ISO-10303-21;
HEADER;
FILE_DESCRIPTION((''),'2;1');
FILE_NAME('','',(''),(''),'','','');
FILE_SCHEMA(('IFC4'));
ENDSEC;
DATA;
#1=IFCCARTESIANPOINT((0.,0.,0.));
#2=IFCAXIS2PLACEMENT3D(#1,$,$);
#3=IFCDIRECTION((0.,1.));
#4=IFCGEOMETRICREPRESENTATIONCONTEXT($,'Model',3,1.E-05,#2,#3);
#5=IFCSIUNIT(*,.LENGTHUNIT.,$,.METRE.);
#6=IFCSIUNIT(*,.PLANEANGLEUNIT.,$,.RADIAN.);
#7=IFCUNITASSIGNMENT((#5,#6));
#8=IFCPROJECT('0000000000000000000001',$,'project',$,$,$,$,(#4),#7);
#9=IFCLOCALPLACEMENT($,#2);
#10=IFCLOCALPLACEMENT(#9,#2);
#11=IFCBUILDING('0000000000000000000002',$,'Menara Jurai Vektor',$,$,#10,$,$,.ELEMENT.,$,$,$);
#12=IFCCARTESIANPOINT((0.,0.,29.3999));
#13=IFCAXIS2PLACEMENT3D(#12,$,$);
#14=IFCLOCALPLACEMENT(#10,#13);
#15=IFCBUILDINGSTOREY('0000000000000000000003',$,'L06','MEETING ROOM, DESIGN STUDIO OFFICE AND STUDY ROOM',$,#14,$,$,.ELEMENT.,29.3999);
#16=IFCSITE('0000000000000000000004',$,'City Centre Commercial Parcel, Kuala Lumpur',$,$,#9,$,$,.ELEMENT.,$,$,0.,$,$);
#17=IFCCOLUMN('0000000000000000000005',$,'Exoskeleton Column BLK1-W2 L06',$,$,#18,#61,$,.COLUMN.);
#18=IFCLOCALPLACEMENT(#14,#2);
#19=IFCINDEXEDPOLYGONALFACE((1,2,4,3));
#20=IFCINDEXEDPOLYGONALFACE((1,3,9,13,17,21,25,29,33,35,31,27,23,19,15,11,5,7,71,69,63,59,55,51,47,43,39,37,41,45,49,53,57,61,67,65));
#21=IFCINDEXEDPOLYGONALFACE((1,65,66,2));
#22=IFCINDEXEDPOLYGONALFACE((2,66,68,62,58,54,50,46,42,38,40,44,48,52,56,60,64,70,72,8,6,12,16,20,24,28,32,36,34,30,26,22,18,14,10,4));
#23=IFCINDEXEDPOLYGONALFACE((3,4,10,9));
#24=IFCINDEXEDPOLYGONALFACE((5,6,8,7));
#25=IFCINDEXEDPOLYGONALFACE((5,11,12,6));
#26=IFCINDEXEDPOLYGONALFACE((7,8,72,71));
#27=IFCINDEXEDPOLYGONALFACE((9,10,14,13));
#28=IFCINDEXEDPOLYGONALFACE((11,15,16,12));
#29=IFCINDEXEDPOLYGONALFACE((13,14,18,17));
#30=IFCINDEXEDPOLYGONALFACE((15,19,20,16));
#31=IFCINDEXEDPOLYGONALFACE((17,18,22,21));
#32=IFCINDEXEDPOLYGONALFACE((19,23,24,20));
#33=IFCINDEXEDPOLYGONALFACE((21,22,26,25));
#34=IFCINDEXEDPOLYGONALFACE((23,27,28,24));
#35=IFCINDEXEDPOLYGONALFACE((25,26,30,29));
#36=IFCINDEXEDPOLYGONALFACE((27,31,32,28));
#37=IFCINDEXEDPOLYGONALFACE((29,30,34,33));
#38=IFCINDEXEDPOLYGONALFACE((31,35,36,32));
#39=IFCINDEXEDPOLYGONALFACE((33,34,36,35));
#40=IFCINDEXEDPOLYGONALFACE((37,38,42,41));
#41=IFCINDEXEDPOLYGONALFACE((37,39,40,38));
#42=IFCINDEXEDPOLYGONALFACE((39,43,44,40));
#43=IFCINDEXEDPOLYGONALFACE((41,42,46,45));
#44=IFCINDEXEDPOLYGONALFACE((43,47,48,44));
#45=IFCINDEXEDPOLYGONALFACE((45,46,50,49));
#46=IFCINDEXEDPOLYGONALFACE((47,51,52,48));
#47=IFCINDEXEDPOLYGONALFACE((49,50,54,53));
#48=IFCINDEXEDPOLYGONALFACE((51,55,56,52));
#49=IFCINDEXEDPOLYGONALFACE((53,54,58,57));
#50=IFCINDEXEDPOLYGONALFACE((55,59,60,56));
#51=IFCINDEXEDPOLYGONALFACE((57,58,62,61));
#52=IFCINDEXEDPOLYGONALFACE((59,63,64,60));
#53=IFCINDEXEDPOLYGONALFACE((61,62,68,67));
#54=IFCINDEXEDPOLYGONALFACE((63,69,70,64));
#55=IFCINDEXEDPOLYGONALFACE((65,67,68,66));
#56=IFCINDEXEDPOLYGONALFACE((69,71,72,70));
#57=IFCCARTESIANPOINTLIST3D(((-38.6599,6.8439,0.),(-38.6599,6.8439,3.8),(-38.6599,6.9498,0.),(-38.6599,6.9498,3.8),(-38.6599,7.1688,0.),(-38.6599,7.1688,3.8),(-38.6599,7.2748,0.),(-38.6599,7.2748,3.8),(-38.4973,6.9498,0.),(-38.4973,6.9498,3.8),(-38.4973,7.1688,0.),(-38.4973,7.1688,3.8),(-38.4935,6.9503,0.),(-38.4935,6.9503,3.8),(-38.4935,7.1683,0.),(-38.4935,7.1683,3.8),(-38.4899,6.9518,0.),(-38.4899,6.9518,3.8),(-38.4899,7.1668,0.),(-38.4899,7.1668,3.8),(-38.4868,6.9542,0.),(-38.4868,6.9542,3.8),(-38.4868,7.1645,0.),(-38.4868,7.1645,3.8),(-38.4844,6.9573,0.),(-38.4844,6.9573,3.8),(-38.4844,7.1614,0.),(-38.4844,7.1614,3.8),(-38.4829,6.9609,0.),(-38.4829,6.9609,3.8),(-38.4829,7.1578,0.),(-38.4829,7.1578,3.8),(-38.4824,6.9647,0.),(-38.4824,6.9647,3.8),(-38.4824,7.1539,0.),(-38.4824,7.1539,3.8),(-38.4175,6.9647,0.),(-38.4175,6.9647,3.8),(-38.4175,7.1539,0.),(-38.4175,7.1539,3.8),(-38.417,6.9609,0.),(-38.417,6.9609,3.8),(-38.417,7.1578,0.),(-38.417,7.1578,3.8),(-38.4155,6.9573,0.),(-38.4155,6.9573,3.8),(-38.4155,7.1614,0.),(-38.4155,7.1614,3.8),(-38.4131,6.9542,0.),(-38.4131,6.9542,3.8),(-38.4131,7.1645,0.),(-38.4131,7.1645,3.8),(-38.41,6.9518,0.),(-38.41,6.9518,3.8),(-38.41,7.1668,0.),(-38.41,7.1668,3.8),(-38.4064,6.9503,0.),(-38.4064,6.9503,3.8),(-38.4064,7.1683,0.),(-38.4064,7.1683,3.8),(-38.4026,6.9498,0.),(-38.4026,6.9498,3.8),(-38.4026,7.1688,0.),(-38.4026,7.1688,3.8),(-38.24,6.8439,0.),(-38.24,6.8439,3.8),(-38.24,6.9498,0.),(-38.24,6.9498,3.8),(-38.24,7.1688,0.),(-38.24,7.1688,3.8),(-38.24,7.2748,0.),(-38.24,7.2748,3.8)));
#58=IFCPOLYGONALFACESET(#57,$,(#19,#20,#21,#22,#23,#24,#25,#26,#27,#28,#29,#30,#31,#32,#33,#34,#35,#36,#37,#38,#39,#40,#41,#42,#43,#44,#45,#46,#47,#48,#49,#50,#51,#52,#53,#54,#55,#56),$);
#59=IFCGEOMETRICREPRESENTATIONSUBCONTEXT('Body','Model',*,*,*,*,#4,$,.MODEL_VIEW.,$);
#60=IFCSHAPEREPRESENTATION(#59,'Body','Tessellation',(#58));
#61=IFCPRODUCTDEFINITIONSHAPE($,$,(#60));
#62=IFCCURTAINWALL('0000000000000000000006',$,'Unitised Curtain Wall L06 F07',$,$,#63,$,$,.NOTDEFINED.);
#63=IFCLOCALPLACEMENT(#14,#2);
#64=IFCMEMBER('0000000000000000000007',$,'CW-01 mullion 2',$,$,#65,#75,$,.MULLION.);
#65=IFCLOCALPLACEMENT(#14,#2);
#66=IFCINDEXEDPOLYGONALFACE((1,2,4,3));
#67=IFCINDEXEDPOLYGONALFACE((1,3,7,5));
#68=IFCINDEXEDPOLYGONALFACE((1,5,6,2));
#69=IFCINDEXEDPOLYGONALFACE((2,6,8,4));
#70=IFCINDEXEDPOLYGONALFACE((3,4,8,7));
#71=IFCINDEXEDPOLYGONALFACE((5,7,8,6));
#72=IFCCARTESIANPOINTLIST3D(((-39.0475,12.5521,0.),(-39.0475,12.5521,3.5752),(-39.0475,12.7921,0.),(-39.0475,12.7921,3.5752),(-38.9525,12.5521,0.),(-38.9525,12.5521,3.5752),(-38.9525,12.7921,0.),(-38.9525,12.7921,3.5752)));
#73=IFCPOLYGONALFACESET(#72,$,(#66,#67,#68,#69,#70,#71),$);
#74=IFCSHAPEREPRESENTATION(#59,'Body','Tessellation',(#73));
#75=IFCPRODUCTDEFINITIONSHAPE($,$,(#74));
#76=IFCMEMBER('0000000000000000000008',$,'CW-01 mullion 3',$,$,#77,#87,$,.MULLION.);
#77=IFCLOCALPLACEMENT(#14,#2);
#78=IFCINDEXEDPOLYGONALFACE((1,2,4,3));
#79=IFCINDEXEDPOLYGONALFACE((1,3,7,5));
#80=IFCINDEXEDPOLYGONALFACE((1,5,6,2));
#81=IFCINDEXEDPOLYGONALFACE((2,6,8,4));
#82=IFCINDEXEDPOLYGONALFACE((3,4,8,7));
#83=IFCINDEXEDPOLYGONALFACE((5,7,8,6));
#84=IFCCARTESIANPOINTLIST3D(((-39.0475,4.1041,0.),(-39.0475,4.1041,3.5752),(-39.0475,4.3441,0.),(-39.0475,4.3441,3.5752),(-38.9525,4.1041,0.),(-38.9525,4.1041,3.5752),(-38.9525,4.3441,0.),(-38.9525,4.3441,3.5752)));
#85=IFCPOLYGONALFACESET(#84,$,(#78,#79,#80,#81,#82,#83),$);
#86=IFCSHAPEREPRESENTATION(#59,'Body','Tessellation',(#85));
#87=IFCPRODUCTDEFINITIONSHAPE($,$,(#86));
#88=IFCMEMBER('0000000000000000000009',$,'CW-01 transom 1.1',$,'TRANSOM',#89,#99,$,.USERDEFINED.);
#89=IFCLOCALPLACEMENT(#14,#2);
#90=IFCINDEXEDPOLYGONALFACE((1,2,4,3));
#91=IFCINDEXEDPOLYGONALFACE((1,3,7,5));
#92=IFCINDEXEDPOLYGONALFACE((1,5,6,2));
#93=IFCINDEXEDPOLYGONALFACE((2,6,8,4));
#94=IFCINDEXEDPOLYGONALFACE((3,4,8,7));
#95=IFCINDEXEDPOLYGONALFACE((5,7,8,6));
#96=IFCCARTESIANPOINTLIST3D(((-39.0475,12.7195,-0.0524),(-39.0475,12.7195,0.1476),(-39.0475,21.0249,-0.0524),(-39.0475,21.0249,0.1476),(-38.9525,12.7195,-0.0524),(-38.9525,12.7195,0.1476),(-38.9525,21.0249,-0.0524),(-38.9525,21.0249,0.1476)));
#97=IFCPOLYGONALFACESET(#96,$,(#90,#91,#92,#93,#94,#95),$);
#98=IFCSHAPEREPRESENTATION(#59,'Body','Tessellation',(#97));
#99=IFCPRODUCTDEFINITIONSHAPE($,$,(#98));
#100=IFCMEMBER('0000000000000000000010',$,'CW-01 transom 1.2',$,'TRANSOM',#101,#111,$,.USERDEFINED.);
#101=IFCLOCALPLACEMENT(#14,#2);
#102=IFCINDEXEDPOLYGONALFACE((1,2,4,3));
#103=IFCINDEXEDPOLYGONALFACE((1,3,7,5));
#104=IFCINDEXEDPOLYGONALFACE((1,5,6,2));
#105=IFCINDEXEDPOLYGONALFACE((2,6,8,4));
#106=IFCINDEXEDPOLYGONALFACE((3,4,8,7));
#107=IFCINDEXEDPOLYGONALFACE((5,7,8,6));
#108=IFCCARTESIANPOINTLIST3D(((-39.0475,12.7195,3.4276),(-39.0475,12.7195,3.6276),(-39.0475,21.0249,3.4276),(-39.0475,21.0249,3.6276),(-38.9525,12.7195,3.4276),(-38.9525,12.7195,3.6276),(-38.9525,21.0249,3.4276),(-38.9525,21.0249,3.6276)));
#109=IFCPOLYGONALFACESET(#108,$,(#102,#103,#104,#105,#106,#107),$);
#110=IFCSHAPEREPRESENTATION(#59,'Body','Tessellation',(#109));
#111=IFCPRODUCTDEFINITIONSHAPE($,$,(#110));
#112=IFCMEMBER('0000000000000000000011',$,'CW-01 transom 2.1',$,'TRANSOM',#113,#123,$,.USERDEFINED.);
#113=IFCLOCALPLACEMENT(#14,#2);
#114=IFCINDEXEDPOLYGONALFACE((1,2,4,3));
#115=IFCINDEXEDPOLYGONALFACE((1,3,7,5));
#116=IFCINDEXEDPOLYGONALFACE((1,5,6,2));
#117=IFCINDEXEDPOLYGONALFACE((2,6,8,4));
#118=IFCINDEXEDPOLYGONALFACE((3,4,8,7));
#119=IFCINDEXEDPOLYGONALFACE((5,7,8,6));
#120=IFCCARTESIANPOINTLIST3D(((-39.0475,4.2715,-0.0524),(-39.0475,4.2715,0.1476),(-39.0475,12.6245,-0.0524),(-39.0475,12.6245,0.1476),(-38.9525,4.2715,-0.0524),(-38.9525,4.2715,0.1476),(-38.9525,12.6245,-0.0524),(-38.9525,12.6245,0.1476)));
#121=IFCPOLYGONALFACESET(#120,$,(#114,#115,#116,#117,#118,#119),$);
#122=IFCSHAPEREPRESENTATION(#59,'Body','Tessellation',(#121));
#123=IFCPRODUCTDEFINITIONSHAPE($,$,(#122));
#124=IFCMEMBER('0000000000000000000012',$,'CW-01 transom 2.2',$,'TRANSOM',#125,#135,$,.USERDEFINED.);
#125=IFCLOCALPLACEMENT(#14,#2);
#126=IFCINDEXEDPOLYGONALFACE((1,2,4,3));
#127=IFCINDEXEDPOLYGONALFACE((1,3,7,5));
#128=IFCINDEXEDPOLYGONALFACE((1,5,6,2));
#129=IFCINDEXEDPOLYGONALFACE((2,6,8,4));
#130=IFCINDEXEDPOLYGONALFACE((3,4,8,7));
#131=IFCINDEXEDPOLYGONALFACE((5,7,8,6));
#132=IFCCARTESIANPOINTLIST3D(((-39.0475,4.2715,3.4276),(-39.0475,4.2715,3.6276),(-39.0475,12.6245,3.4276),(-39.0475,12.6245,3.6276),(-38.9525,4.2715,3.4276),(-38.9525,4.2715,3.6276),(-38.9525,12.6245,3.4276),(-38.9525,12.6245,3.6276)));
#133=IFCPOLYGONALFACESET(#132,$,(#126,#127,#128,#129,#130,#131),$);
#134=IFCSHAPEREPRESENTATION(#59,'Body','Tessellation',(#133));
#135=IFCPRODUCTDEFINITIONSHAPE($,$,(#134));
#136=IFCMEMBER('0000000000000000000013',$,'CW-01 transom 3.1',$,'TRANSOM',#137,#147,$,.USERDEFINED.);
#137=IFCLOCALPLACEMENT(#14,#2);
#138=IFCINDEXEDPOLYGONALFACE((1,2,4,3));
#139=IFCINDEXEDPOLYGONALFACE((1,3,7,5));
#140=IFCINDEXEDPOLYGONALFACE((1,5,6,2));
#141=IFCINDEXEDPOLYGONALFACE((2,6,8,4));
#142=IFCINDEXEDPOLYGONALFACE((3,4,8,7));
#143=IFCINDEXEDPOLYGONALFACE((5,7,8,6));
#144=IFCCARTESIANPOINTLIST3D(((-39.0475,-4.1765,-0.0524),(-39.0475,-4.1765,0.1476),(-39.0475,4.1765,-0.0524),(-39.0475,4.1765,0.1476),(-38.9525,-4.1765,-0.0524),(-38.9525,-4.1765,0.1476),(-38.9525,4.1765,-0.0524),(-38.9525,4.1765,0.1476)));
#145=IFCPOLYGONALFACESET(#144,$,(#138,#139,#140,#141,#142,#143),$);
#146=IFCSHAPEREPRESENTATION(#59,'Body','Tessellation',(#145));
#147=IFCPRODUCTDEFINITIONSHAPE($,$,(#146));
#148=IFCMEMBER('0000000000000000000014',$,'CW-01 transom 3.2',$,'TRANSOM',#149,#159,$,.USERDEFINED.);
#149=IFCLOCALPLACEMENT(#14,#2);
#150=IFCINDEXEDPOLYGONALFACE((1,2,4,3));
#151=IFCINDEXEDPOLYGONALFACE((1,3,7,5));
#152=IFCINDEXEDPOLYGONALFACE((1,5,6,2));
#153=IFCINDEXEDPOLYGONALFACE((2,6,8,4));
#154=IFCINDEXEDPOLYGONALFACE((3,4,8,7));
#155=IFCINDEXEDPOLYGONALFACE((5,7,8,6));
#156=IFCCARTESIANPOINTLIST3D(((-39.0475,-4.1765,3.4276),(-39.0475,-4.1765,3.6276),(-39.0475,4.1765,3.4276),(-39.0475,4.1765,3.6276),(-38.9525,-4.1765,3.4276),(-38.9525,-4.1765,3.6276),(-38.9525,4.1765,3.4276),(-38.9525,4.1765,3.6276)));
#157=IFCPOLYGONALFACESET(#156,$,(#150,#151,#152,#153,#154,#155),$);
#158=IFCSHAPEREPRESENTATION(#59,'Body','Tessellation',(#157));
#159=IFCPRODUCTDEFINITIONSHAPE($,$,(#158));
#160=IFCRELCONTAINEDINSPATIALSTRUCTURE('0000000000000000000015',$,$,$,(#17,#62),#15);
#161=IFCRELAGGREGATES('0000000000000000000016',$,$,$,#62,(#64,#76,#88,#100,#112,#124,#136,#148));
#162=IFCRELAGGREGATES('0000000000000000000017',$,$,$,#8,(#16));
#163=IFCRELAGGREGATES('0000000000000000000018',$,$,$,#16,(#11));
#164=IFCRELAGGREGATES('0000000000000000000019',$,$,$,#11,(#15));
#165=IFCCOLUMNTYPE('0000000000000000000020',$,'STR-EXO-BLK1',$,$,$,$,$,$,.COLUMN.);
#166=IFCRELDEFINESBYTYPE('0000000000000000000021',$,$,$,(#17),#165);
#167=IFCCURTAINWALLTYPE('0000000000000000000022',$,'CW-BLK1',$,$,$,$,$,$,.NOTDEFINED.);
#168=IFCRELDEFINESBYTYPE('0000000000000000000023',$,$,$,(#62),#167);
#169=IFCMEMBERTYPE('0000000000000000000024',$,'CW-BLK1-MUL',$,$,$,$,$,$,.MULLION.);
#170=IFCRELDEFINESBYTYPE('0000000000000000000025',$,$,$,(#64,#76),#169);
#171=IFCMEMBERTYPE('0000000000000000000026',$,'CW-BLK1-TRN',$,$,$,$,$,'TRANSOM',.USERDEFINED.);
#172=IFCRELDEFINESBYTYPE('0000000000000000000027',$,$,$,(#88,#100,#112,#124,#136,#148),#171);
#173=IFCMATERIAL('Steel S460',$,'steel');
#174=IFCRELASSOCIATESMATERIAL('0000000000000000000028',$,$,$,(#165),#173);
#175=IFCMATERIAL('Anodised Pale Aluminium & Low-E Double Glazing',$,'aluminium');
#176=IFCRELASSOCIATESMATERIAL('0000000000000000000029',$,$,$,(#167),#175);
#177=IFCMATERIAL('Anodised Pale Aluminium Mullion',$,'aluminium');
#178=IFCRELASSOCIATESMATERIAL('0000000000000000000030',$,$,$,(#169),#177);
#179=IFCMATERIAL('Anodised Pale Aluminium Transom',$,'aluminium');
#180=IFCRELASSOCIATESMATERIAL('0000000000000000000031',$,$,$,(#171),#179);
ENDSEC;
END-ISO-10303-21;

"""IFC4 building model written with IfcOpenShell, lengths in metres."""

from ifc_helpers import new_model, si_unit, direction, frame, origin, origin_2d, place, context, subcontext, project, spatial, rectangle, i_section, extrude, material, material_profile, profile_set, type_object, element, aggregate, save


model = new_model("IFC4")

# Units and contexts
model_context = context("Model", 3, precision=1e-05, world=origin(), true_north=direction((0.0, 1.0)))
body_context = subcontext(model_context, "Body", "Model", "MODEL_VIEW")
ifc_project = project(units=[si_unit("LENGTHUNIT", "METRE"), si_unit("PLANEANGLEUNIT", "RADIAN")], contexts=[model_context])

# Site, building, storey
site_placement = place(None, origin())
site = spatial("IfcSite", under=ifc_project, at=site_placement, Name="City Centre Commercial Parcel, Kuala Lumpur", CompositionType="ELEMENT", RefElevation=0.0)
building_placement = place(site_placement, origin())
building = spatial("IfcBuilding", under=site, at=building_placement, Name="Menara Jurai Vektor", CompositionType="ELEMENT")
storey_placement = place(building_placement, frame((0.0, 0.0, 29.3999)))
storey = spatial("IfcBuildingStorey", under=building, at=storey_placement, Name="L06", Description="MEETING ROOM, DESIGN STUDIO OFFICE AND STUDY ROOM", CompositionType="ELEMENT", Elevation=29.3999)

# Column
ifc_material_1 = material(Name="Steel S460", Category="steel")
ifc_material_profile_1 = material_profile(ifc_material_1, i_section(OverallWidth=0.4199, OverallDepth=0.4309, WebThickness=0.0649, FlangeThickness=0.106, FilletRadius=0.0149, at=origin_2d()), Name="HD 400x900")
ifc_profile_set_1 = profile_set([ifc_material_profile_1], Name="Steel S460")
column_type = type_object("IfcColumnType", Name="STR-EXO-BLK1", PredefinedType="COLUMN", material=ifc_profile_set_1)
column_placement = place(storey_placement, frame((-38.45, 7.0593, 0.0), z_axis=(0.0, 0.0, 1.0), x_axis=(1.0, 0.0, 0.0)))
element("IfcColumn", 1, at=column_placement, inside=storey, type_object=column_type, Name="Exoskeleton Column BLK1-W2 L06", PredefinedType="COLUMN", context=body_context, shape_type="SweptSolid", body=[
    extrude(i_section(OverallWidth=0.4199, OverallDepth=0.4309, WebThickness=0.0649, FlangeThickness=0.106, FilletRadius=0.0149, at=origin_2d()), origin(), (0.0, 0.0, 1.0), 3.8),
])

# Curtain wall, members
ifc_material_2 = material(Name="Anodised Pale Aluminium & Low-E Double Glazing", Category="aluminium")
curtain_wall_type = type_object("IfcCurtainWallType", Name="CW-BLK1", PredefinedType="NOTDEFINED", material=ifc_material_2)
curtain_wall_placement = place(storey_placement, origin())
curtain_wall = element("IfcCurtainWall", 2, at=curtain_wall_placement, inside=storey, type_object=curtain_wall_type, Name="Unitised Curtain Wall L06 F07", PredefinedType="NOTDEFINED")
ifc_material_3 = material(Name="Anodised Pale Aluminium Mullion", Category="aluminium")
ifc_material_profile_2 = material_profile(ifc_material_3, rectangle(XDim=0.095, YDim=0.24, at=origin_2d()), Name="ALU MUL 95x240")
ifc_profile_set_2 = profile_set([ifc_material_profile_2], Name="Anodised Pale Aluminium Mullion")
member_type_1 = type_object("IfcMemberType", Name="CW-BLK1-MUL", PredefinedType="MULLION", material=ifc_profile_set_2)
member_1_placement = place(storey_placement, frame((-39.0, 12.6721, 0.0), z_axis=(0.0, 0.0, 1.0), x_axis=(1.0, 0.0, 0.0)))
member_1 = element("IfcMember", 3, at=member_1_placement, type_object=member_type_1, Name="CW-01 mullion 2", PredefinedType="MULLION", context=body_context, shape_type="SweptSolid", body=[
    extrude(rectangle(XDim=0.095, YDim=0.24, at=origin_2d()), origin(), (0.0, 0.0, 1.0), 3.5752),
])
member_2_placement = place(storey_placement, frame((-39.0, 4.2241, 0.0), z_axis=(0.0, 0.0, 1.0), x_axis=(1.0, 0.0, 0.0)))
member_2 = element("IfcMember", 4, at=member_2_placement, type_object=member_type_1, Name="CW-01 mullion 3", PredefinedType="MULLION", context=body_context, shape_type="SweptSolid", body=[
    extrude(rectangle(XDim=0.095, YDim=0.24, at=origin_2d()), origin(), (0.0, 0.0, 1.0), 3.5752),
])
ifc_material_4 = material(Name="Anodised Pale Aluminium Transom", Category="aluminium")
ifc_material_profile_3 = material_profile(ifc_material_4, rectangle(XDim=0.095, YDim=0.2, at=origin_2d()), Name="ALU TRN 95x200")
ifc_profile_set_3 = profile_set([ifc_material_profile_3], Name="Anodised Pale Aluminium Transom")
member_type_2 = type_object("IfcMemberType", Name="CW-BLK1-TRN", ElementType="TRANSOM", PredefinedType="USERDEFINED", material=ifc_profile_set_3)
member_3_placement = place(storey_placement, frame((-39.0, 21.0249, 0.0476), z_axis=(0.0, -1.0, 0.0), x_axis=(1.0, 0.0, 0.0)))
member_3 = element("IfcMember", 5, at=member_3_placement, type_object=member_type_2, Name="CW-01 transom 1.1", ObjectType="TRANSOM", PredefinedType="USERDEFINED", context=body_context, shape_type="SweptSolid", body=[
    extrude(rectangle(XDim=0.095, YDim=0.2, at=origin_2d()), origin(), (0.0, 0.0, 1.0), 8.3054),
])
member_4_placement = place(storey_placement, frame((-39.0, 21.0249, 3.5276), z_axis=(0.0, -1.0, 0.0), x_axis=(1.0, 0.0, 0.0)))
member_4 = element("IfcMember", 6, at=member_4_placement, type_object=member_type_2, Name="CW-01 transom 1.2", ObjectType="TRANSOM", PredefinedType="USERDEFINED", context=body_context, shape_type="SweptSolid", body=[
    extrude(rectangle(XDim=0.095, YDim=0.2, at=origin_2d()), origin(), (0.0, 0.0, 1.0), 8.3054),
])
member_5_placement = place(storey_placement, frame((-39.0, 12.6245, 0.0476), z_axis=(0.0, -1.0, 0.0), x_axis=(1.0, 0.0, 0.0)))
member_5 = element("IfcMember", 7, at=member_5_placement, type_object=member_type_2, Name="CW-01 transom 2.1", ObjectType="TRANSOM", PredefinedType="USERDEFINED", context=body_context, shape_type="SweptSolid", body=[
    extrude(rectangle(XDim=0.095, YDim=0.2, at=origin_2d()), origin(), (0.0, 0.0, 1.0), 8.353),
])
member_6_placement = place(storey_placement, frame((-39.0, 12.6245, 3.5276), z_axis=(0.0, -1.0, 0.0), x_axis=(1.0, 0.0, 0.0)))
member_6 = element("IfcMember", 8, at=member_6_placement, type_object=member_type_2, Name="CW-01 transom 2.2", ObjectType="TRANSOM", PredefinedType="USERDEFINED", context=body_context, shape_type="SweptSolid", body=[
    extrude(rectangle(XDim=0.095, YDim=0.2, at=origin_2d()), origin(), (0.0, 0.0, 1.0), 8.353),
])
member_7_placement = place(storey_placement, frame((-39.0, 4.1765, 0.0476), z_axis=(0.0, -1.0, 0.0), x_axis=(1.0, 0.0, 0.0)))
member_7 = element("IfcMember", 9, at=member_7_placement, type_object=member_type_2, Name="CW-01 transom 3.1", ObjectType="TRANSOM", PredefinedType="USERDEFINED", context=body_context, shape_type="SweptSolid", body=[
    extrude(rectangle(XDim=0.095, YDim=0.2, at=origin_2d()), origin(), (0.0, 0.0, 1.0), 8.353),
])
member_8_placement = place(storey_placement, frame((-39.0, 4.1765, 3.5276), z_axis=(0.0, -1.0, 0.0), x_axis=(1.0, 0.0, 0.0)))
member_8 = element("IfcMember", 10, at=member_8_placement, type_object=member_type_2, Name="CW-01 transom 3.2", ObjectType="TRANSOM", PredefinedType="USERDEFINED", context=body_context, shape_type="SweptSolid", body=[
    extrude(rectangle(XDim=0.095, YDim=0.2, at=origin_2d()), origin(), (0.0, 0.0, 1.0), 8.353),
])

aggregate(curtain_wall, [member_1, member_2, member_3, member_4, member_5, member_6, member_7, member_8])

save(model, "model.ifc")
